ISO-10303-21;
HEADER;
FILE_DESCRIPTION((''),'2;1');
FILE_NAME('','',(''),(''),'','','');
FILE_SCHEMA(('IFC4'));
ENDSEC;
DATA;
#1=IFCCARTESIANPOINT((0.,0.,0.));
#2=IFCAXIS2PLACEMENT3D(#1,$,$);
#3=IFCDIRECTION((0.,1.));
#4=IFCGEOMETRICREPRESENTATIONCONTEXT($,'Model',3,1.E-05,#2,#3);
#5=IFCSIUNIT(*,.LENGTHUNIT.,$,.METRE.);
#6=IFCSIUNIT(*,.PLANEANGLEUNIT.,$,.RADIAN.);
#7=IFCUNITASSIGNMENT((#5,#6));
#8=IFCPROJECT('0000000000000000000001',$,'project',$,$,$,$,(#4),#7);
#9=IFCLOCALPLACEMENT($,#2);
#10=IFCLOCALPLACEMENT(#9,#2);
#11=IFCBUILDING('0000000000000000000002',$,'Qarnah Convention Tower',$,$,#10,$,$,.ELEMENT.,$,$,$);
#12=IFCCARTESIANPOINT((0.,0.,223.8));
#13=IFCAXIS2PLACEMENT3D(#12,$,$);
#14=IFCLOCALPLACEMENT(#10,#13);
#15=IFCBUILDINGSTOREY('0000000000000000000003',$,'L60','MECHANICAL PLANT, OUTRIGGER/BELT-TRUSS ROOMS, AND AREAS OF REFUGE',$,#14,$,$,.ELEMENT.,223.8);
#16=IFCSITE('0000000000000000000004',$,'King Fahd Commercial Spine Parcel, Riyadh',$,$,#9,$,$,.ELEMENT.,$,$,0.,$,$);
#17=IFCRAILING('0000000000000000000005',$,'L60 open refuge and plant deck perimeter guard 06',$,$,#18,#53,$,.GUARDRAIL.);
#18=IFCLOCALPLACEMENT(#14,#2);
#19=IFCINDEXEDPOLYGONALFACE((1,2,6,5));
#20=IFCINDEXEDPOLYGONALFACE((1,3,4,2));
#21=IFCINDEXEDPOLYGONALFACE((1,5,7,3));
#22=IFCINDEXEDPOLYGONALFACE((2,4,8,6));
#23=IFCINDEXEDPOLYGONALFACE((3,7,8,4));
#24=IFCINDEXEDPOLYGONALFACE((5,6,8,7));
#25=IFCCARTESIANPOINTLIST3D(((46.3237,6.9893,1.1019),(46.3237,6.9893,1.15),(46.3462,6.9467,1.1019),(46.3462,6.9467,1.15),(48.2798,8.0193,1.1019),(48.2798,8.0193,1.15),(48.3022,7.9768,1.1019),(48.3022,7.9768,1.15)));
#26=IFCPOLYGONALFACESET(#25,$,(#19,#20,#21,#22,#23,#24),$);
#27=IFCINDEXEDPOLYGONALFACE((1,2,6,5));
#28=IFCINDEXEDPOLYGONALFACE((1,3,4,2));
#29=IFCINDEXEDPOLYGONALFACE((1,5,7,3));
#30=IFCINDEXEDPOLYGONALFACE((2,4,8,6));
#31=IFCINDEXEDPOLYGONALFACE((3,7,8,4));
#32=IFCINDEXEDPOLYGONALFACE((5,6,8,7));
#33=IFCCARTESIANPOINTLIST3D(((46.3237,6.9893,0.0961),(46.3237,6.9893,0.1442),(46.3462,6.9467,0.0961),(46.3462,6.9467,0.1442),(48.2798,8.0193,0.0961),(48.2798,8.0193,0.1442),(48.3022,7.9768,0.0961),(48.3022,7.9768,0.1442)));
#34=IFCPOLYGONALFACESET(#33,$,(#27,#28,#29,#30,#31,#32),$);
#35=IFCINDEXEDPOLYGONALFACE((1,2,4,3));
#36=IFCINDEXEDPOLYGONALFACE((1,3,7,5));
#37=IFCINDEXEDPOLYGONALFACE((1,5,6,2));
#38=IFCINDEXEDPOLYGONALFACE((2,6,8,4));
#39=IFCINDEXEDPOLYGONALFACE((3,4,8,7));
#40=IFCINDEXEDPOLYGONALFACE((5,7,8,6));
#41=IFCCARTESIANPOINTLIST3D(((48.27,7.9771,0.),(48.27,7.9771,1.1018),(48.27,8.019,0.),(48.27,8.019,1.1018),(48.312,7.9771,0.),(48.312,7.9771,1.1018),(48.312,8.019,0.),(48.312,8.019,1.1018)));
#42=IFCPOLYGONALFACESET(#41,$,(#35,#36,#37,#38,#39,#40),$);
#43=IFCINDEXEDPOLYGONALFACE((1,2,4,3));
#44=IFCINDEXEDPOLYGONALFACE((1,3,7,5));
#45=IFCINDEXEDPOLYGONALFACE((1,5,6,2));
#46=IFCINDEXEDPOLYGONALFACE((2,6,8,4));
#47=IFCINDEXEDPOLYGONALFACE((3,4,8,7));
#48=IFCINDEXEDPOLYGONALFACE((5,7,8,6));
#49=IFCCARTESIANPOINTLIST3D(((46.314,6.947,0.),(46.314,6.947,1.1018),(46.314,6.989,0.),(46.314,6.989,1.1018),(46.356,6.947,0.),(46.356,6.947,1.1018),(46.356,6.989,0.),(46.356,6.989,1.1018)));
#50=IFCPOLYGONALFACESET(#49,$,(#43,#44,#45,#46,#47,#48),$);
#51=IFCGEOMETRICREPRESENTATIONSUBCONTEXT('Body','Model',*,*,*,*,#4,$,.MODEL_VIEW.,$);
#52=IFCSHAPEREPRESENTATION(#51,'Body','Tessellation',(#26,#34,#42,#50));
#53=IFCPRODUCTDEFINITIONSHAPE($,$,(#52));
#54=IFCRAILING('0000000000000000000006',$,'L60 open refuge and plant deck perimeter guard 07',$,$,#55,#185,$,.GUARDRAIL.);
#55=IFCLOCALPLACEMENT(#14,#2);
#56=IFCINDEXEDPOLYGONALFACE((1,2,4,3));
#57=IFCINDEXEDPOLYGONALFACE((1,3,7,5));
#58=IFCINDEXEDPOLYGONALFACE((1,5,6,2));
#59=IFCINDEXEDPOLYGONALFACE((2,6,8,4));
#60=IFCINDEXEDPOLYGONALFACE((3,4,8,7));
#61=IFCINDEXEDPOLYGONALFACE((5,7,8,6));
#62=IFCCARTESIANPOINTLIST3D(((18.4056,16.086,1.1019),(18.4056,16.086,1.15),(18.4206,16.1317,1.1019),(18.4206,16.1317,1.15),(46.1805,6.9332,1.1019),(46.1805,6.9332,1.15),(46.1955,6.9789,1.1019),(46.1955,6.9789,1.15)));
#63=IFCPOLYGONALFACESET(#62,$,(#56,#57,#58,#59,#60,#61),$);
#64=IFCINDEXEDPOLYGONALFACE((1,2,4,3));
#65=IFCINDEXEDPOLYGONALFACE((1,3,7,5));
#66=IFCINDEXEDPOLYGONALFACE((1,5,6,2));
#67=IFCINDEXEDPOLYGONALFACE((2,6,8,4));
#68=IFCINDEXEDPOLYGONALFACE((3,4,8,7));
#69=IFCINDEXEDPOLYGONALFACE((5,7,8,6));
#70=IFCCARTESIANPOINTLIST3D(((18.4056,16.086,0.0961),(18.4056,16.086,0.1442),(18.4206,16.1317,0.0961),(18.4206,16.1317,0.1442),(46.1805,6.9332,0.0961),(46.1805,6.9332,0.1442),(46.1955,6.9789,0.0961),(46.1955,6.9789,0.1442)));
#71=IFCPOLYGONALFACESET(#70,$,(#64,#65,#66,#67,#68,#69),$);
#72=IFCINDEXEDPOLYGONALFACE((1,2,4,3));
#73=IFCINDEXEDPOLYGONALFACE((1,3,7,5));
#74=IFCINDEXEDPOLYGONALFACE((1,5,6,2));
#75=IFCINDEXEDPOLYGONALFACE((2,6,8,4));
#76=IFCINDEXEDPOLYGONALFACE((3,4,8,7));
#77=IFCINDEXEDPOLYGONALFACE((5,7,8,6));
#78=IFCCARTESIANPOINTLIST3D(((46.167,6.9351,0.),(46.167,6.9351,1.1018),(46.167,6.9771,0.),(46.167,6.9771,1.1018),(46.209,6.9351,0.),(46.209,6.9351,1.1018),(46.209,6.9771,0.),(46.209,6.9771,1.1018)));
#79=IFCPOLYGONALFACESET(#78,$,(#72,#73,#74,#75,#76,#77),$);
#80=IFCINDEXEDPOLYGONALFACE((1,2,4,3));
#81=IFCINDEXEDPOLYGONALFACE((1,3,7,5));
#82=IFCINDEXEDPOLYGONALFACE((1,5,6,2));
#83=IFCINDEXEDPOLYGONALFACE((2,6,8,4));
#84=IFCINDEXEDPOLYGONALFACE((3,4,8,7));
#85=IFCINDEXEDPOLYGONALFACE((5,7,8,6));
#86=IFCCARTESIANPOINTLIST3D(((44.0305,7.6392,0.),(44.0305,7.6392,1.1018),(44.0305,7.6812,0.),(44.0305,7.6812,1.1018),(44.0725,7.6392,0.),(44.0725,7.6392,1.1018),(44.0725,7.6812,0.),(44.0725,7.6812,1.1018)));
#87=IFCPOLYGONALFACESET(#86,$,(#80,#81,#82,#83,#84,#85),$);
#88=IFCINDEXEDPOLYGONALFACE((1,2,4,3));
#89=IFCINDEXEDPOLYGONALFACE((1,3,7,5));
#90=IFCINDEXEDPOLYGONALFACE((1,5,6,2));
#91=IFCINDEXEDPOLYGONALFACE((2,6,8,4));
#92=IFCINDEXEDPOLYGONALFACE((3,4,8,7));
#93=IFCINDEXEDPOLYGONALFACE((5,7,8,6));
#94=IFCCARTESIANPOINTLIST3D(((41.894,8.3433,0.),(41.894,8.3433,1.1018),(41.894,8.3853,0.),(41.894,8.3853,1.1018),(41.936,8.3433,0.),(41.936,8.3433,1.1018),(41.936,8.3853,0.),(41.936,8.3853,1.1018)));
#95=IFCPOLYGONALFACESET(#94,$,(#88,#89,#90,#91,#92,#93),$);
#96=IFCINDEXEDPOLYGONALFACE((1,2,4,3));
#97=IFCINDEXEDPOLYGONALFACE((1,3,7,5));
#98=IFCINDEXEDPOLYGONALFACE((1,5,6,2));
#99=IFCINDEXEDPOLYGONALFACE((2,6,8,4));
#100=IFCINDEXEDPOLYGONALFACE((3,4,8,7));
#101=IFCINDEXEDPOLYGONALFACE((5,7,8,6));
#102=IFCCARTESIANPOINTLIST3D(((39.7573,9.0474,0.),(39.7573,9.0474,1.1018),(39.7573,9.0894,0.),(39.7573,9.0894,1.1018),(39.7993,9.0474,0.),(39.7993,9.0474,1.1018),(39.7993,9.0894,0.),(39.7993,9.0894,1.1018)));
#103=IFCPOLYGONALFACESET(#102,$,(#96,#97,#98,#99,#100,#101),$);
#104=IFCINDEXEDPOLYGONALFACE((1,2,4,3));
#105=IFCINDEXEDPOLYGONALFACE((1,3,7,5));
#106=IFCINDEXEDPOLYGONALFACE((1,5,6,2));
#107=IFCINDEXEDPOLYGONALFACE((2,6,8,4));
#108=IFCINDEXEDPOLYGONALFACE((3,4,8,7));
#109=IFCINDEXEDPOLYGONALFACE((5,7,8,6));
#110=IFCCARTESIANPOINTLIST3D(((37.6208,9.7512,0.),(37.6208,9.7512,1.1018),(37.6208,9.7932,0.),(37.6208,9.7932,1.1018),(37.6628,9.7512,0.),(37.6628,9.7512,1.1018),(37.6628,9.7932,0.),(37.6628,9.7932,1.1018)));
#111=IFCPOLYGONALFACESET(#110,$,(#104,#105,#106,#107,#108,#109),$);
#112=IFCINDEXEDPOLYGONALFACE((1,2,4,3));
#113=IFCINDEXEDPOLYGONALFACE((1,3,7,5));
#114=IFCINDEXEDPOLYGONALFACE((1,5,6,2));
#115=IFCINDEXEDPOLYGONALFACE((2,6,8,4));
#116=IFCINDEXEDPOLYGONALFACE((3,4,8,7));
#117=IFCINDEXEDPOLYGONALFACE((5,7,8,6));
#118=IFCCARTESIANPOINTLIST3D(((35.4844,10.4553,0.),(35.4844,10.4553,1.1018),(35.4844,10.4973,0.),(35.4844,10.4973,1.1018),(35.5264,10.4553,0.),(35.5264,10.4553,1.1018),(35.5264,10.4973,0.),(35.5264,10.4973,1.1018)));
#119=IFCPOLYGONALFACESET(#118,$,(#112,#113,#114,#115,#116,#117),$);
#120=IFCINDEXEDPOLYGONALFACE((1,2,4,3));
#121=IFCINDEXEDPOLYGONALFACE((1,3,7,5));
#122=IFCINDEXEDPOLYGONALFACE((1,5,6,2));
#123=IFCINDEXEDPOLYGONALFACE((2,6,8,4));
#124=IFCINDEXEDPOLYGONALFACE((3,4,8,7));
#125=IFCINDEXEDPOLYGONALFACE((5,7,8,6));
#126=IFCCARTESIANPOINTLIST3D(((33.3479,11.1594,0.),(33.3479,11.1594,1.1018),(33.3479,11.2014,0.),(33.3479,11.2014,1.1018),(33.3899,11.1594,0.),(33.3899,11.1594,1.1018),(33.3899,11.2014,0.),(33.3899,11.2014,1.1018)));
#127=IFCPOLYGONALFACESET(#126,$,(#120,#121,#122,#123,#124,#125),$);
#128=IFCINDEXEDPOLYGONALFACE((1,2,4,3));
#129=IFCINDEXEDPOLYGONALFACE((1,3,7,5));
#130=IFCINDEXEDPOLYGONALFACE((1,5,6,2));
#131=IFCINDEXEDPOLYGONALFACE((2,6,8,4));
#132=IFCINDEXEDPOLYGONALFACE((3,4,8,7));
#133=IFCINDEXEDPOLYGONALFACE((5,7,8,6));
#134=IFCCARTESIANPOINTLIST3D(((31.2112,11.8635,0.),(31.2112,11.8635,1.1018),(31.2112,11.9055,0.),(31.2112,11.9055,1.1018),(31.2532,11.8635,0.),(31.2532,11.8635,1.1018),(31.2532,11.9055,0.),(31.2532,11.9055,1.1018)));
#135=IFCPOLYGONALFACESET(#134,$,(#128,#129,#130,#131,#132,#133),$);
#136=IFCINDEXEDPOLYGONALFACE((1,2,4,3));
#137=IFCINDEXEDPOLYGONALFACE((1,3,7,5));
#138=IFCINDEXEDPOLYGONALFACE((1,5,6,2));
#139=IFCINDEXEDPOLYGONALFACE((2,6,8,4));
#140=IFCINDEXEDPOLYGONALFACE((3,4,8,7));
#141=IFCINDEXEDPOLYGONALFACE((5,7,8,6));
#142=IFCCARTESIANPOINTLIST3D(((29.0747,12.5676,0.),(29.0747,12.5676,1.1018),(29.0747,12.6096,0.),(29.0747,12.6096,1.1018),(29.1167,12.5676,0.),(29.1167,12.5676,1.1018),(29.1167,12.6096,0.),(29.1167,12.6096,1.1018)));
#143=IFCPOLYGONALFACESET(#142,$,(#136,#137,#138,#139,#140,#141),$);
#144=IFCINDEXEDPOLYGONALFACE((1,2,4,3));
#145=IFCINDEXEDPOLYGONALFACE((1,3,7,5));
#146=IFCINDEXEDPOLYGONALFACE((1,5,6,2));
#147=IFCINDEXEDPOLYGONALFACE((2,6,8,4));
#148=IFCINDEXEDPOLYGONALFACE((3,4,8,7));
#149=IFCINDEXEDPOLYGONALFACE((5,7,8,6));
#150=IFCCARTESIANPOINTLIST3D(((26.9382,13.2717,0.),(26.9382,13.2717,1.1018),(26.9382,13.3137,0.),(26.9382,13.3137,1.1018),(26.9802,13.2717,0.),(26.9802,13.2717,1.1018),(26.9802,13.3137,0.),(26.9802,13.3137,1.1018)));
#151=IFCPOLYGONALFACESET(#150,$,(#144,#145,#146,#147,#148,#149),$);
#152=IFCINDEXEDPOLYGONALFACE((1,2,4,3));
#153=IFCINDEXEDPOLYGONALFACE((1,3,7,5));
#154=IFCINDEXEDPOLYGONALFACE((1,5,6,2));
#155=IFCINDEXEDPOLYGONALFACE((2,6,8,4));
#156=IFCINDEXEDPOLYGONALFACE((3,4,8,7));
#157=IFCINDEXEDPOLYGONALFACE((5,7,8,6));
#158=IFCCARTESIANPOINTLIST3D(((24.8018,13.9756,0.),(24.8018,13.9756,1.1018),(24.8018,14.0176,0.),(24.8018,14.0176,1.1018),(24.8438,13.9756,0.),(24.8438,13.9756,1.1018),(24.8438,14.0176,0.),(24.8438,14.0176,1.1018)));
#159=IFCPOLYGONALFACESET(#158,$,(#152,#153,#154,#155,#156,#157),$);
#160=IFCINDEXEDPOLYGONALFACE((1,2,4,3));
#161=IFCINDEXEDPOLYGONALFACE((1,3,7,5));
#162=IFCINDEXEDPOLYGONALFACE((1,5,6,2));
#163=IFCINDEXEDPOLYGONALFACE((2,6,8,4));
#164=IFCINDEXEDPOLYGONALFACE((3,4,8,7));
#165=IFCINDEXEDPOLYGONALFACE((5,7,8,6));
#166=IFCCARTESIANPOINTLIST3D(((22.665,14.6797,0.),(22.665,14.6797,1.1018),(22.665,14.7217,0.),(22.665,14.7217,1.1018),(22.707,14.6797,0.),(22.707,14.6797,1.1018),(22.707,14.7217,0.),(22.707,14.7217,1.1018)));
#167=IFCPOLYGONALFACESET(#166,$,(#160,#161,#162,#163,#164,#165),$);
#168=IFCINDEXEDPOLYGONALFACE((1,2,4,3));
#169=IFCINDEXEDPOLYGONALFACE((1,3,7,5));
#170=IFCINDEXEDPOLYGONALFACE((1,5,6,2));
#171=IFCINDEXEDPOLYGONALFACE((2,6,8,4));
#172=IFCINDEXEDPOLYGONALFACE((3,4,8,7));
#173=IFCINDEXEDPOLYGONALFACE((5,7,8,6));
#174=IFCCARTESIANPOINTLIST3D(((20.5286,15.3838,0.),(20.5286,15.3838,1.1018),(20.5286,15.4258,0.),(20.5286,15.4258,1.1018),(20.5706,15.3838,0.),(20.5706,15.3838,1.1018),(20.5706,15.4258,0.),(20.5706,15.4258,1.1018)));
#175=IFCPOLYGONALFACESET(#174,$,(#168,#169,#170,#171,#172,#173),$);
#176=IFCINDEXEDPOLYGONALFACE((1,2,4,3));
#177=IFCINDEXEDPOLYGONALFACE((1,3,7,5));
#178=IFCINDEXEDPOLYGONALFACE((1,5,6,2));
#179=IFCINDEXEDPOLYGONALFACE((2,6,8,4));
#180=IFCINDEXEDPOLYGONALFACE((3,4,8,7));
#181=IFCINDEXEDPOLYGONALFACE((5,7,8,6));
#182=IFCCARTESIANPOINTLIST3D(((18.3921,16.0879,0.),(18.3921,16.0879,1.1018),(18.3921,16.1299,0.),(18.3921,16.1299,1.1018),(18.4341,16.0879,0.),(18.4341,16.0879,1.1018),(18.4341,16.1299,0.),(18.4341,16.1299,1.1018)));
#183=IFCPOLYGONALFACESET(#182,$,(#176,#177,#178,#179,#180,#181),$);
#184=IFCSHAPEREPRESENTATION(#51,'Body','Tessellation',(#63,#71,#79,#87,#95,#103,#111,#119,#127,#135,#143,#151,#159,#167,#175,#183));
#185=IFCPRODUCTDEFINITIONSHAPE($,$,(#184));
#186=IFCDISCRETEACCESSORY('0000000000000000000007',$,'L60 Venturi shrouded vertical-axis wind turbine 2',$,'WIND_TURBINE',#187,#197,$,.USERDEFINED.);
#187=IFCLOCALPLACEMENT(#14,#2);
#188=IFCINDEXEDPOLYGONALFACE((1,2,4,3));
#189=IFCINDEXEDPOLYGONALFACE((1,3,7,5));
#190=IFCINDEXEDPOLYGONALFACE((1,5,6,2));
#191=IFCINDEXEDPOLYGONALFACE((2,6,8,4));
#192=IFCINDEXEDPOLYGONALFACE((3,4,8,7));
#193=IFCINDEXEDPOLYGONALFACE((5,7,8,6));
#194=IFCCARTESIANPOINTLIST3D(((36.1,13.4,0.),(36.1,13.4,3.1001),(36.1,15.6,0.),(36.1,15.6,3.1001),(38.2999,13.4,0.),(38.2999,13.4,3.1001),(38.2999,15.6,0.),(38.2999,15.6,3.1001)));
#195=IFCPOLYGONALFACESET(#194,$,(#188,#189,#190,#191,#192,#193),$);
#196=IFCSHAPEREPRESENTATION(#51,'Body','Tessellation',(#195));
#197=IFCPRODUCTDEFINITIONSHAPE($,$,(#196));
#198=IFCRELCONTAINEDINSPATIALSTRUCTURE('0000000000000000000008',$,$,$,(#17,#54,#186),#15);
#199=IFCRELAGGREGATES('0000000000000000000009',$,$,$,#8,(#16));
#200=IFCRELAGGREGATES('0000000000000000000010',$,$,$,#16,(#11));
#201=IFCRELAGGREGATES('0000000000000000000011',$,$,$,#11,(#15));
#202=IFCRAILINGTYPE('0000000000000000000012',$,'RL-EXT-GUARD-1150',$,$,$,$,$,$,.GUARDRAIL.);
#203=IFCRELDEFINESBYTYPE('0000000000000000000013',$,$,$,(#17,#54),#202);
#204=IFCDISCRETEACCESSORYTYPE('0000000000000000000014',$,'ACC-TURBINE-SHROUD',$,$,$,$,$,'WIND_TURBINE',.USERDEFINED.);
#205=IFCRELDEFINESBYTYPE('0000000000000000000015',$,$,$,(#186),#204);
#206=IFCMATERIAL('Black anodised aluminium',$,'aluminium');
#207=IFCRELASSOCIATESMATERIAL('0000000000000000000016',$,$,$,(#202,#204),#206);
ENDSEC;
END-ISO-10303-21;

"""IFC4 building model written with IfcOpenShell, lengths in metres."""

from ifc_helpers import new_model, si_unit, direction, frame, origin, origin_2d, place, context, subcontext, project, spatial, rectangle, extrude, material, type_object, element, save


model = new_model("IFC4")

# Units and contexts
model_context = context("Model", 3, precision=1e-05, world=origin(), true_north=direction((0.0, 1.0)))
body_context = subcontext(model_context, "Body", "Model", "MODEL_VIEW")
ifc_project = project(units=[si_unit("LENGTHUNIT", "METRE"), si_unit("PLANEANGLEUNIT", "RADIAN")], contexts=[model_context])

# Site, building, storey
site_placement = place(None, origin())
site = spatial("IfcSite", under=ifc_project, at=site_placement, Name="King Fahd Commercial Spine Parcel, Riyadh", CompositionType="ELEMENT", RefElevation=0.0)
building_placement = place(site_placement, origin())
building = spatial("IfcBuilding", under=site, at=building_placement, Name="Qarnah Convention Tower", CompositionType="ELEMENT")
storey_placement = place(building_placement, frame((0.0, 0.0, 223.8)))
storey = spatial("IfcBuildingStorey", under=building, at=storey_placement, Name="L60", Description="MECHANICAL PLANT, OUTRIGGER/BELT-TRUSS ROOMS, AND AREAS OF REFUGE", CompositionType="ELEMENT", Elevation=223.8)

# Railings
ifc_material_1 = material(Name="Black anodised aluminium", Category="aluminium")
railing_type = type_object("IfcRailingType", Name="RL-EXT-GUARD-1150", PredefinedType="GUARDRAIL", material=ifc_material_1)
railing_1_placement = place(storey_placement, frame((48.291, 7.998, 0.0)))
element("IfcRailing", 1, at=railing_1_placement, inside=storey, type_object=railing_type, Name="L60 open refuge and plant deck perimeter guard 06", PredefinedType="GUARDRAIL", context=body_context, shape_type="SweptSolid", body=[
    extrude(rectangle(XDim=0.0481, YDim=0.0481, at=origin_2d()), frame((0.0, 0.0, 1.126), z_axis=(-0.88482, -0.465933, 0.0), x_axis=(0.465933, -0.88482, 0.0)), (0.0, 0.0, 1.0), 2.2107),
    extrude(rectangle(XDim=0.0481, YDim=0.0481, at=origin_2d()), frame((0.0, 0.0, 0.1201), z_axis=(-0.88482, -0.465933, 0.0), x_axis=(0.465933, -0.88482, 0.0)), (0.0, 0.0, 1.0), 2.2107),
    extrude(rectangle(XDim=0.042, YDim=0.042, at=origin_2d()), origin(), (0.0, 0.0, 1.0), 1.1018),
    extrude(rectangle(XDim=0.042, YDim=0.042, at=origin_2d()), frame((-1.9561, -1.03, 0.0)), (0.0, 0.0, 1.0), 1.1018),
])
railing_2_placement = place(storey_placement, frame((46.188, 6.9561, 0.0)))
element("IfcRailing", 2, at=railing_2_placement, inside=storey, type_object=railing_type, Name="L60 open refuge and plant deck perimeter guard 07", PredefinedType="GUARDRAIL", context=body_context, shape_type="SweptSolid", body=[
    extrude(rectangle(XDim=0.0481, YDim=0.0481, at=origin_2d()), frame((0.0, 0.0, 1.126), z_axis=(-0.94976, 0.31298, 0.0), x_axis=(-0.31298, -0.94976, 0.0)), (0.0, 0.0, 1.0), 29.2441),
    extrude(rectangle(XDim=0.0481, YDim=0.0481, at=origin_2d()), frame((0.0, 0.0, 0.1201), z_axis=(-0.94976, 0.31298, 0.0), x_axis=(-0.31298, -0.94976, 0.0)), (0.0, 0.0, 1.0), 29.2441),
    extrude(rectangle(XDim=0.042, YDim=0.042, at=origin_2d()), origin(), (0.0, 0.0, 1.0), 1.1018),
    extrude(rectangle(XDim=0.042, YDim=0.042, at=origin_2d()), frame((-2.1365, 0.7041, 0.0)), (0.0, 0.0, 1.0), 1.1018),
    extrude(rectangle(XDim=0.042, YDim=0.042, at=origin_2d()), frame((-4.2729, 1.4082, 0.0)), (0.0, 0.0, 1.0), 1.1018),
    extrude(rectangle(XDim=0.042, YDim=0.042, at=origin_2d()), frame((-6.4097, 2.1123, 0.0)), (0.0, 0.0, 1.0), 1.1018),
    extrude(rectangle(XDim=0.042, YDim=0.042, at=origin_2d()), frame((-8.5461, 2.8162, 0.0)), (0.0, 0.0, 1.0), 1.1018),
    extrude(rectangle(XDim=0.042, YDim=0.042, at=origin_2d()), frame((-10.6826, 3.5203, 0.0)), (0.0, 0.0, 1.0), 1.1018),
    extrude(rectangle(XDim=0.042, YDim=0.042, at=origin_2d()), frame((-12.8191, 4.2244, 0.0)), (0.0, 0.0, 1.0), 1.1018),
    extrude(rectangle(XDim=0.042, YDim=0.042, at=origin_2d()), frame((-14.9558, 4.9285, 0.0)), (0.0, 0.0, 1.0), 1.1018),
    extrude(rectangle(XDim=0.042, YDim=0.042, at=origin_2d()), frame((-17.0923, 5.6326, 0.0)), (0.0, 0.0, 1.0), 1.1018),
    extrude(rectangle(XDim=0.042, YDim=0.042, at=origin_2d()), frame((-19.2288, 6.3367, 0.0)), (0.0, 0.0, 1.0), 1.1018),
    extrude(rectangle(XDim=0.042, YDim=0.042, at=origin_2d()), frame((-21.3652, 7.0405, 0.0)), (0.0, 0.0, 1.0), 1.1018),
    extrude(rectangle(XDim=0.042, YDim=0.042, at=origin_2d()), frame((-23.502, 7.7446, 0.0)), (0.0, 0.0, 1.0), 1.1018),
    extrude(rectangle(XDim=0.042, YDim=0.042, at=origin_2d()), frame((-25.6384, 8.4487, 0.0)), (0.0, 0.0, 1.0), 1.1018),
    extrude(rectangle(XDim=0.042, YDim=0.042, at=origin_2d()), frame((-27.7749, 9.1528, 0.0)), (0.0, 0.0, 1.0), 1.1018),
])

# Discrete accessory
discrete_accessory_type = type_object("IfcDiscreteAccessoryType", Name="ACC-TURBINE-SHROUD", ElementType="WIND_TURBINE", PredefinedType="USERDEFINED", material=ifc_material_1)
discrete_accessory_placement = place(storey_placement, frame((37.2, 14.5, 0.0), z_axis=(0.0, 0.0, 1.0), x_axis=(0.0, -1.0, 0.0)))
element("IfcDiscreteAccessory", 3, at=discrete_accessory_placement, inside=storey, type_object=discrete_accessory_type, Name="L60 Venturi shrouded vertical-axis wind turbine 2", ObjectType="WIND_TURBINE", PredefinedType="USERDEFINED", context=body_context, shape_type="SweptSolid", body=[
    extrude(rectangle(XDim=2.2, YDim=2.2, at=origin_2d()), origin(), (0.0, 0.0, 1.0), 3.1001),
])

save(model, "model.ifc")
